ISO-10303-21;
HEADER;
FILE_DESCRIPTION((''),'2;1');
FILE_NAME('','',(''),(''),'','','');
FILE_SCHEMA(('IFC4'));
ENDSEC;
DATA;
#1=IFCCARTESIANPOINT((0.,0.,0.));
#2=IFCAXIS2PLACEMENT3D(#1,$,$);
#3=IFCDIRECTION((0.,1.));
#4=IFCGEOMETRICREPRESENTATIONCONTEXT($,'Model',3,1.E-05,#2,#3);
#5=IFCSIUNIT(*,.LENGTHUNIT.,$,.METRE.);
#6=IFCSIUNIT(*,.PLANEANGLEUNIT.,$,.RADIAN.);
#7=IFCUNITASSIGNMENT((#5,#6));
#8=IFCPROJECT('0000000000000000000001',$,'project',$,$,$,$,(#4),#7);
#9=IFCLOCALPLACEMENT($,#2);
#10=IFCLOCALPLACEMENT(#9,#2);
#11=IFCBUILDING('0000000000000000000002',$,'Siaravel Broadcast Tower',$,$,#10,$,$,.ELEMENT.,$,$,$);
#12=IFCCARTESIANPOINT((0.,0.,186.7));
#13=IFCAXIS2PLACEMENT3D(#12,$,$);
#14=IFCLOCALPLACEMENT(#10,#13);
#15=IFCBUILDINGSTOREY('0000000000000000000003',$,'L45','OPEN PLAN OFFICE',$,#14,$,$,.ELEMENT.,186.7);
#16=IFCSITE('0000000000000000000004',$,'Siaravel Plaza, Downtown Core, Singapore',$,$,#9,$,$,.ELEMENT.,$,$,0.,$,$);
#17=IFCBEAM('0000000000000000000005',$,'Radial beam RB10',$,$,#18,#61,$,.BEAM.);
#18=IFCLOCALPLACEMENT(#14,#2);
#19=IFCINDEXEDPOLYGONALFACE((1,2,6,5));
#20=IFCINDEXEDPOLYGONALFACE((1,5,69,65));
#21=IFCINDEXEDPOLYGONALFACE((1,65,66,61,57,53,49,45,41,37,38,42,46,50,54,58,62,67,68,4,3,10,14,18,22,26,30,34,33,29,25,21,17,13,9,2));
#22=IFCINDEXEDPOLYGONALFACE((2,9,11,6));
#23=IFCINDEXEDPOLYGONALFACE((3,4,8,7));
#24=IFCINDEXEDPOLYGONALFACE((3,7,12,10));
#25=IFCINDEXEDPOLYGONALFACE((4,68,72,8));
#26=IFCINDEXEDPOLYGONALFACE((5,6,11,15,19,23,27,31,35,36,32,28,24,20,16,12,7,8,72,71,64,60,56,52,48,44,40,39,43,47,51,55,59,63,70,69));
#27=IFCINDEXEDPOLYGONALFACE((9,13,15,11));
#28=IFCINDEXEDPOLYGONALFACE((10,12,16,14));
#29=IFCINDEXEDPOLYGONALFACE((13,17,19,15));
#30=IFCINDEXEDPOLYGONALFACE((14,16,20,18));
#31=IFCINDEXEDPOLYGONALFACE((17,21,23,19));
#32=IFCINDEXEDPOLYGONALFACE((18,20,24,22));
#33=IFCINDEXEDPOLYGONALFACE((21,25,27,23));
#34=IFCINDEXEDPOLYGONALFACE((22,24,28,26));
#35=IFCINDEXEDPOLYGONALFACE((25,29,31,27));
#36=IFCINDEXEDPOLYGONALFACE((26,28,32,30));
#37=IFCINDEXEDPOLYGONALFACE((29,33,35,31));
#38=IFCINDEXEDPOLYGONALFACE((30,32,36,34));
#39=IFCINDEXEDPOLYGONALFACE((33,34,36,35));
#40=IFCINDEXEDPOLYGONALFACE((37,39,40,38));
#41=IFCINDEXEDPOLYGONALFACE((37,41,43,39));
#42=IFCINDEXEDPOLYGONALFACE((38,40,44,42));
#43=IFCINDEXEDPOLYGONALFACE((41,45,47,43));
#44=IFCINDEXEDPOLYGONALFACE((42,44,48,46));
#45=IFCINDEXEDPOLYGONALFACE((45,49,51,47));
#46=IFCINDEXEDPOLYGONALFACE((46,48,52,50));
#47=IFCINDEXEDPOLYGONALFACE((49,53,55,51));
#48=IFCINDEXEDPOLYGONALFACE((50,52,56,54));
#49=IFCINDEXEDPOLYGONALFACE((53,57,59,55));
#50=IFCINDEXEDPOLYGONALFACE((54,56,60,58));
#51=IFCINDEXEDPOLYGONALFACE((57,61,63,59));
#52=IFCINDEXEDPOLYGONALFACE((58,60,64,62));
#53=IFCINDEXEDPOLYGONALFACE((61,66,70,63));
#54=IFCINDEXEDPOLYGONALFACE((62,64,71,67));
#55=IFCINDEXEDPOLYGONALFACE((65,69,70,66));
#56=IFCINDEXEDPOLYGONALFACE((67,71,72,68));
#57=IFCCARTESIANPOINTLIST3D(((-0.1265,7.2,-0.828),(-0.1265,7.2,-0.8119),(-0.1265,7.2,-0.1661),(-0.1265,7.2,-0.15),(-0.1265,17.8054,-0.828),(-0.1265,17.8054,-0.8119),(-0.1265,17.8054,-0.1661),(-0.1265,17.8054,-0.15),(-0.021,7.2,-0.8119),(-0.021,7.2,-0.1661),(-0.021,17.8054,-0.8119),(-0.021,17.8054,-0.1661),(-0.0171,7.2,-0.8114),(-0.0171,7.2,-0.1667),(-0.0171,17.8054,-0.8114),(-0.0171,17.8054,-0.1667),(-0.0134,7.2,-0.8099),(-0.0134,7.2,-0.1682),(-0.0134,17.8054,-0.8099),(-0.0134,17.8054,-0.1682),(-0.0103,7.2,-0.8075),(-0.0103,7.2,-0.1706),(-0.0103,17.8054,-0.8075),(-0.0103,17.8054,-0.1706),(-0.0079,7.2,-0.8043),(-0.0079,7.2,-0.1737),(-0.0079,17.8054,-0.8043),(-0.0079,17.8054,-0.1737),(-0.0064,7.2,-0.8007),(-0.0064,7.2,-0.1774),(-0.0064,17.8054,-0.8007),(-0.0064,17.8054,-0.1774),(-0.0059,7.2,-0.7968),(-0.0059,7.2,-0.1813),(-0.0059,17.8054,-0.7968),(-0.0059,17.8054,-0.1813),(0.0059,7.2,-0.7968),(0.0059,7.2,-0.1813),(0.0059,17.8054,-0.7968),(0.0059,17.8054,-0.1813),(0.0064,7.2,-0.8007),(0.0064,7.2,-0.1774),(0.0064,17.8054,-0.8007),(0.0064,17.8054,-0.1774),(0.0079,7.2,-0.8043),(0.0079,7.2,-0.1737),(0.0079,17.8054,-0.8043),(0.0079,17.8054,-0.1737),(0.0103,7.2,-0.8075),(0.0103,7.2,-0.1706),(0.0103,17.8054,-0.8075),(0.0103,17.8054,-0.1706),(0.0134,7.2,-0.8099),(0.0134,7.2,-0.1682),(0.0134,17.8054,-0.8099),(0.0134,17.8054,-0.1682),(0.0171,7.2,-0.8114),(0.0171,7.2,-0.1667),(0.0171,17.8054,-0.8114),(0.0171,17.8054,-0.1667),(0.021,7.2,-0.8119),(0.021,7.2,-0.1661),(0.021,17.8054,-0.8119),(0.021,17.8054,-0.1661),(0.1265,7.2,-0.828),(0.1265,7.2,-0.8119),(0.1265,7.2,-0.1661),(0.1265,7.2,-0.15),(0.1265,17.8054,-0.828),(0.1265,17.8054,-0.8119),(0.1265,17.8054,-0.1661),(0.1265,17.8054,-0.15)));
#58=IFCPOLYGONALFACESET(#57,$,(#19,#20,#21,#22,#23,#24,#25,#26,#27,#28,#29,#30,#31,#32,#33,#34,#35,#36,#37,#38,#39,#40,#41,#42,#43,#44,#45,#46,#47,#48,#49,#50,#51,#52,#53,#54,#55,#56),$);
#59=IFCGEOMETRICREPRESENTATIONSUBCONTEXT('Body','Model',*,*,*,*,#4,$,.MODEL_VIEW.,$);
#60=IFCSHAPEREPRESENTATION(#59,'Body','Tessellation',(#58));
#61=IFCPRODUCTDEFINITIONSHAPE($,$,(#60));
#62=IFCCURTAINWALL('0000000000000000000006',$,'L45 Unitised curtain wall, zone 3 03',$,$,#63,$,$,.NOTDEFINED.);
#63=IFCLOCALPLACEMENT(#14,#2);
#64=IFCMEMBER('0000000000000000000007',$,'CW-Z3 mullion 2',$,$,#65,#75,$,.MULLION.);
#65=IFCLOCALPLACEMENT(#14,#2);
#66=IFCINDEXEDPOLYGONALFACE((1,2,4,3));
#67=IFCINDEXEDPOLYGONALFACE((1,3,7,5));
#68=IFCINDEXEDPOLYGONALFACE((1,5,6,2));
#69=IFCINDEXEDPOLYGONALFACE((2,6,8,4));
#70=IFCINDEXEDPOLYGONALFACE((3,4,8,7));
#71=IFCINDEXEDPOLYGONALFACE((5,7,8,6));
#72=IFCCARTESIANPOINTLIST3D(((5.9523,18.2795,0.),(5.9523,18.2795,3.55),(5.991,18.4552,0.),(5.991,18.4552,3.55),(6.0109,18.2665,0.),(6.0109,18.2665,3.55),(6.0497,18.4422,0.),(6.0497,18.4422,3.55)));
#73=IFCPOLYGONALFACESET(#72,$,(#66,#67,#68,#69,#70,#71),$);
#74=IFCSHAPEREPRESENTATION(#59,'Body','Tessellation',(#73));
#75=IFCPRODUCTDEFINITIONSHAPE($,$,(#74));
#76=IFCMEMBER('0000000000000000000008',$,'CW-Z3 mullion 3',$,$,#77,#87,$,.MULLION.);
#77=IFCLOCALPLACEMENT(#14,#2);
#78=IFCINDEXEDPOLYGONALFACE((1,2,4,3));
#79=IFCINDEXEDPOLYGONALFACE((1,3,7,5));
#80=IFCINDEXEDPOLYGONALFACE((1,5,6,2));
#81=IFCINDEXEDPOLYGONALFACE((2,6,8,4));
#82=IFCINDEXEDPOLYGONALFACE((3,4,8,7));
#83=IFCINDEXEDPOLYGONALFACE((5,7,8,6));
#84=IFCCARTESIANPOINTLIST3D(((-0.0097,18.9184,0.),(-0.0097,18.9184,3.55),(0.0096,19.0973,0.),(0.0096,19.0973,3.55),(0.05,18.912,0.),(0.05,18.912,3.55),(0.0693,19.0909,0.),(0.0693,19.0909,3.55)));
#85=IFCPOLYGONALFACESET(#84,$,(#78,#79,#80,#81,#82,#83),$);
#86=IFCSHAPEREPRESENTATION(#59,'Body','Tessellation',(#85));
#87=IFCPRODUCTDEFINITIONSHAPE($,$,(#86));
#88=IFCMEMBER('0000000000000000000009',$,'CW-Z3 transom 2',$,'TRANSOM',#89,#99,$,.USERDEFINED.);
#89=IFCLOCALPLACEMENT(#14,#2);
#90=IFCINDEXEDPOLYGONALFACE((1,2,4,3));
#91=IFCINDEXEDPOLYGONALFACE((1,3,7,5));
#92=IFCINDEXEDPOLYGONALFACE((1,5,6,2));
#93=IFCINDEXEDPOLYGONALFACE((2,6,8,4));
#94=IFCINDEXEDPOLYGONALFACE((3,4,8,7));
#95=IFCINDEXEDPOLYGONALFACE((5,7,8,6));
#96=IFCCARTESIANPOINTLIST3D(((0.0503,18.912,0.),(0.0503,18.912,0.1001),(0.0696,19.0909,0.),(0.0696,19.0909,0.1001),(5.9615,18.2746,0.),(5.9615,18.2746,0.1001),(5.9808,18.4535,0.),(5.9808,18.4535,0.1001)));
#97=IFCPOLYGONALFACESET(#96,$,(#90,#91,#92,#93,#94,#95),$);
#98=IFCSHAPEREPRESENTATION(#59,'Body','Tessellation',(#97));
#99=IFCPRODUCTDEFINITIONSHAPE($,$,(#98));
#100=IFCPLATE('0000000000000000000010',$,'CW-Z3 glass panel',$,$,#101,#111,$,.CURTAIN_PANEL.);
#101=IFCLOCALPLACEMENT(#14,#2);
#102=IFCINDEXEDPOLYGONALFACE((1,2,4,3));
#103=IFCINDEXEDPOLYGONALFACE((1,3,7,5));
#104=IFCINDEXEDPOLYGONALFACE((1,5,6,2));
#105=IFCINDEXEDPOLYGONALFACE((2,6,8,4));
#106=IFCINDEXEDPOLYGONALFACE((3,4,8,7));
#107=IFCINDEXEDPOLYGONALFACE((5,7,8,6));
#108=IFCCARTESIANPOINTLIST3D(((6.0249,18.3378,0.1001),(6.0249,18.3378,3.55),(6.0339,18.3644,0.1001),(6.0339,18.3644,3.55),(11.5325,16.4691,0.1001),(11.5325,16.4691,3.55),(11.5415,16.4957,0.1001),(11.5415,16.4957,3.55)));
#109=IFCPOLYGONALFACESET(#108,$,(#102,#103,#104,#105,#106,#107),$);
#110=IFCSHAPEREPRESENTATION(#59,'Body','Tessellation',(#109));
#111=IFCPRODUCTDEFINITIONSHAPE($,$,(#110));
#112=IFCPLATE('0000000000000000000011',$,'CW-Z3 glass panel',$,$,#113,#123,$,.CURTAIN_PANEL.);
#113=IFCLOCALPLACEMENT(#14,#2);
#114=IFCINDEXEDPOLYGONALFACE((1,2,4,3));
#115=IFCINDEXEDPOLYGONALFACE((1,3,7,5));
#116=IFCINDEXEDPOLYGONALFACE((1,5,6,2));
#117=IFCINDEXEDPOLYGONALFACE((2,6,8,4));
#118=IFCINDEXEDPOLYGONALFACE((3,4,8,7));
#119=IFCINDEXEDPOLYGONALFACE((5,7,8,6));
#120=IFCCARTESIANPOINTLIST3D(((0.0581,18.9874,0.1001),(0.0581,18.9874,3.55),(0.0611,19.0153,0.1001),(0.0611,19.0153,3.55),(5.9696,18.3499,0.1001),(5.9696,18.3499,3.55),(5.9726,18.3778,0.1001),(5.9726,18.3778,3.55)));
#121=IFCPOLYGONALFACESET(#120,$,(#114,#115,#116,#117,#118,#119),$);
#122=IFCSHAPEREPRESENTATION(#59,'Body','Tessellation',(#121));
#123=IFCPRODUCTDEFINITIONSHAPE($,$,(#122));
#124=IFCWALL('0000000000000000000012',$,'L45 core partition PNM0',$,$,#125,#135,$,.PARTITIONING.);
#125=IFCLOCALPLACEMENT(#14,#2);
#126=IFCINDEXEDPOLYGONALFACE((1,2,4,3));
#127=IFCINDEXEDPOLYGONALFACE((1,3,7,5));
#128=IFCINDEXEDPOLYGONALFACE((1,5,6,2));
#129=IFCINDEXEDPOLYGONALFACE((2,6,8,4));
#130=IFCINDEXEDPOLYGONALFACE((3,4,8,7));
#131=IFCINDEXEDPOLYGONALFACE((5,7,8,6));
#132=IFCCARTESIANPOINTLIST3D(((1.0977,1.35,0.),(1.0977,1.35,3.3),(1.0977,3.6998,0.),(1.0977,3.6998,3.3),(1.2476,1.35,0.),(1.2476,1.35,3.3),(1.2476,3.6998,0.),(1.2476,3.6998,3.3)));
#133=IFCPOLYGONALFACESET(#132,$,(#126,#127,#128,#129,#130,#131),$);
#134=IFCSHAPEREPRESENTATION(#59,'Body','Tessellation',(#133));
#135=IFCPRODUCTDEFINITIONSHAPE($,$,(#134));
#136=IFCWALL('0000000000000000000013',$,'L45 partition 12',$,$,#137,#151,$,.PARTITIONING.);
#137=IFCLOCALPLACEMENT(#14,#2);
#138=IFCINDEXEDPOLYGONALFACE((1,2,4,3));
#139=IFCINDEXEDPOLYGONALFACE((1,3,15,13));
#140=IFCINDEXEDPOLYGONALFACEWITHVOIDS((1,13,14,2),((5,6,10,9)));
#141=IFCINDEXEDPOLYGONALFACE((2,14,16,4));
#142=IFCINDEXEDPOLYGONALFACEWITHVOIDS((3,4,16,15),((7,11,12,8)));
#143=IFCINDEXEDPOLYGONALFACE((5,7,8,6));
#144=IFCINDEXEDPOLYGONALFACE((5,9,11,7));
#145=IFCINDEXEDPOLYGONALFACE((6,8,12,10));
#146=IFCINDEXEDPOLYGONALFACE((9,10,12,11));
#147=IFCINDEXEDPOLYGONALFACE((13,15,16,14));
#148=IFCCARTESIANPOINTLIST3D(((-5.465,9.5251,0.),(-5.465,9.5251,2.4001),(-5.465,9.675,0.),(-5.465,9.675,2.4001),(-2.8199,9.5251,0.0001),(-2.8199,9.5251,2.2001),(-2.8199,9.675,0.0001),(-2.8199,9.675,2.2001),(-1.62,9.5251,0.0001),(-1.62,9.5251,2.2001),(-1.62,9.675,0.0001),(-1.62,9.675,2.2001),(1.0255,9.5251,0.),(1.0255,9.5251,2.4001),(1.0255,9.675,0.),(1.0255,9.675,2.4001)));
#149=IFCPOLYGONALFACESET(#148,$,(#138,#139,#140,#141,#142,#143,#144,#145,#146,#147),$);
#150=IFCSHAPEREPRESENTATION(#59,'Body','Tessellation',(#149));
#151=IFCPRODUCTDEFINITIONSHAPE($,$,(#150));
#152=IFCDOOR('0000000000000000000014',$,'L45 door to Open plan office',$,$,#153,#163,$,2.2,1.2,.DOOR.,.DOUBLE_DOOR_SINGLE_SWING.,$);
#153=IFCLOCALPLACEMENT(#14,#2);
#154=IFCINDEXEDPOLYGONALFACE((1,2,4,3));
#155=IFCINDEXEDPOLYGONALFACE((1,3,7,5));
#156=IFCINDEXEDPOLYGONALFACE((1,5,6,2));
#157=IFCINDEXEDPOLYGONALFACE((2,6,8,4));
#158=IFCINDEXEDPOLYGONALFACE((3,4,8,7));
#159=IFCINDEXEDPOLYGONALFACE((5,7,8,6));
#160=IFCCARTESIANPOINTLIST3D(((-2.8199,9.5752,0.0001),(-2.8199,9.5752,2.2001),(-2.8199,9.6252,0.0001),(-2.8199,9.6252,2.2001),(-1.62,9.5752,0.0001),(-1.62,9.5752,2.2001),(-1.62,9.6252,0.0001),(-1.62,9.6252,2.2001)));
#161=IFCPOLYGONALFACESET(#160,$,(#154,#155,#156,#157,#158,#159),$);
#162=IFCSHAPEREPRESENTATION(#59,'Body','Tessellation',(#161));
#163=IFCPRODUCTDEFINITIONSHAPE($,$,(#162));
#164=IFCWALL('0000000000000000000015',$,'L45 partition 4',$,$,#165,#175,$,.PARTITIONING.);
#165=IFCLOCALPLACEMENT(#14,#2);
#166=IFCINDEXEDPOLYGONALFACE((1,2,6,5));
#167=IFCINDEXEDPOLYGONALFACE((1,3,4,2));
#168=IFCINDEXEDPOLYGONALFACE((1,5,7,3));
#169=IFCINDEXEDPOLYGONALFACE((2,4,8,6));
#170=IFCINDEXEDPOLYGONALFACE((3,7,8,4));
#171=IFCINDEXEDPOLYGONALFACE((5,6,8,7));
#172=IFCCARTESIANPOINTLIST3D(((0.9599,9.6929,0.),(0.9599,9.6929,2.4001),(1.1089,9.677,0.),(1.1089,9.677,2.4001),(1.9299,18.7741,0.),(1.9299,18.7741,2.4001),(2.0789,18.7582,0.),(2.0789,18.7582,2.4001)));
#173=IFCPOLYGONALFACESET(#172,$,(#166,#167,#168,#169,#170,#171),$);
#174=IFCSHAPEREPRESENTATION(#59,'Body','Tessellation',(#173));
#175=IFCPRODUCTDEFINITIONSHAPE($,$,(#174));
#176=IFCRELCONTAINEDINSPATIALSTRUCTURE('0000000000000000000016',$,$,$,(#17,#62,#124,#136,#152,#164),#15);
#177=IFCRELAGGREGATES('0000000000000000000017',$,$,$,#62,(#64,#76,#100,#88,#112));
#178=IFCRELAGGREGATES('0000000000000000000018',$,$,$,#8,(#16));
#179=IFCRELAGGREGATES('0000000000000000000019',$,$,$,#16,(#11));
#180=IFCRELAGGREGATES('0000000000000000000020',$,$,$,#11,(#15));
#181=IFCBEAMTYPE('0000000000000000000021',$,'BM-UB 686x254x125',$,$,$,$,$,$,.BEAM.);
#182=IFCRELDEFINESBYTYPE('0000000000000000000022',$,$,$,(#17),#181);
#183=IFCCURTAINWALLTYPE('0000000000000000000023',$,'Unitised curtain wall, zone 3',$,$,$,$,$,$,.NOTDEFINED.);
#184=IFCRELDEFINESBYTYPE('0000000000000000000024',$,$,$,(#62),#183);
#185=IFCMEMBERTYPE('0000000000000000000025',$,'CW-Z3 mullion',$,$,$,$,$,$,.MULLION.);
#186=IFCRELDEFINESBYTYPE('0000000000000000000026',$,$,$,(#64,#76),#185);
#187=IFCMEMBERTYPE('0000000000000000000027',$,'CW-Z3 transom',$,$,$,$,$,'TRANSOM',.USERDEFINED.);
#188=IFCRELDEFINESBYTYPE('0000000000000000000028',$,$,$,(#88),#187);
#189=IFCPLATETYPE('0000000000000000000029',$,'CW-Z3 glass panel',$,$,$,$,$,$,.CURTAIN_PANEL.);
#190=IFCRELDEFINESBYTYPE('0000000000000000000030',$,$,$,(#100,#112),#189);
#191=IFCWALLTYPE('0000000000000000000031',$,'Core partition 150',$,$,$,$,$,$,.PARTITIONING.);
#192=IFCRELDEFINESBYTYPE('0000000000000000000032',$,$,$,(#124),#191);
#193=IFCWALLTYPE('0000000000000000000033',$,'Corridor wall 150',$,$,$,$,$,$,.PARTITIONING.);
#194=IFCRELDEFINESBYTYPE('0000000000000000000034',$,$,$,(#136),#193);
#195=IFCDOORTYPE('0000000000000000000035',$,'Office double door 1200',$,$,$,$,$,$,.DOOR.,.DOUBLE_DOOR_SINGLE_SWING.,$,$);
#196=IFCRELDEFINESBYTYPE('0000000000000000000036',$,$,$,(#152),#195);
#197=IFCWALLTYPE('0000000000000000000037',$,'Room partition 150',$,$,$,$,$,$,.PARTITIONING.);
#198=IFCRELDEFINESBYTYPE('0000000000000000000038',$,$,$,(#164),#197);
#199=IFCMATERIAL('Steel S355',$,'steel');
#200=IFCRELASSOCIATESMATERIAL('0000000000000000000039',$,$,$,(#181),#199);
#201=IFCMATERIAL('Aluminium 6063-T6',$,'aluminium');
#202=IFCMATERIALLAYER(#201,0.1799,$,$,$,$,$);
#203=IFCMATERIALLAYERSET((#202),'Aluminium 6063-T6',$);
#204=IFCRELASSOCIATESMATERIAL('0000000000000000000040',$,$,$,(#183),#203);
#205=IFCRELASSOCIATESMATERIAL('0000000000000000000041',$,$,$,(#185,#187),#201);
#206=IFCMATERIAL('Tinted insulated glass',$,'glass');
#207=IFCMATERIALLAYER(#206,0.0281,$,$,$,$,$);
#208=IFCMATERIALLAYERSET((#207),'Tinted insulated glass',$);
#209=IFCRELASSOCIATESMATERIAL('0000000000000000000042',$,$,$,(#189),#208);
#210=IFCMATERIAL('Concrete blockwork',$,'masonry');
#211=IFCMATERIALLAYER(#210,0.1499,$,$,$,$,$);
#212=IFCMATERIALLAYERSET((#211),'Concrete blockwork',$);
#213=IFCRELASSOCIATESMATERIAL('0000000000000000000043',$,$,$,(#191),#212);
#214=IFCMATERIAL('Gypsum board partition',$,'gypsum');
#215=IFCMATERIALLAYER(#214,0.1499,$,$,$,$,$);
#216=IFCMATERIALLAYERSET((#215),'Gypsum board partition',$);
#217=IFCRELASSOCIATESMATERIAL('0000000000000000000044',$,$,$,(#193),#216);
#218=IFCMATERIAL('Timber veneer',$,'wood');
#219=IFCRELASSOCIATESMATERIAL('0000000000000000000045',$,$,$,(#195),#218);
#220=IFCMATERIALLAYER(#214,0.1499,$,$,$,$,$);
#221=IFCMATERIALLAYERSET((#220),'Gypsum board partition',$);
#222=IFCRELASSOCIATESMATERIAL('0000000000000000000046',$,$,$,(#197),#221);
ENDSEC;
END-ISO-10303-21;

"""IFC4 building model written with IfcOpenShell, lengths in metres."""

from ifc_helpers import new_model, si_unit, direction, frame, frame_2d, origin, origin_2d, place, context, subcontext, project, spatial, rectangle, i_section, extrude, material, layer, layer_set, material_profile, profile_set, type_object, element, fill, aggregate, save


model = new_model("IFC4")

# Units and contexts
model_context = context("Model", 3, precision=1e-05, world=origin(), true_north=direction((0.0, 1.0)))
body_context = subcontext(model_context, "Body", "Model", "MODEL_VIEW")
ifc_project = project(units=[si_unit("LENGTHUNIT", "METRE"), si_unit("PLANEANGLEUNIT", "RADIAN")], contexts=[model_context])

# Site, building, storey
site_placement = place(None, origin())
site = spatial("IfcSite", under=ifc_project, at=site_placement, Name="Siaravel Plaza, Downtown Core, Singapore", CompositionType="ELEMENT", RefElevation=0.0)
building_placement = place(site_placement, origin())
building = spatial("IfcBuilding", under=site, at=building_placement, Name="Siaravel Broadcast Tower", CompositionType="ELEMENT")
storey_placement = place(building_placement, frame((0.0, 0.0, 186.7)))
storey = spatial("IfcBuildingStorey", under=building, at=storey_placement, Name="L45", Description="OPEN PLAN OFFICE", CompositionType="ELEMENT", Elevation=186.7)

# Beam
ifc_material_1 = material(Name="Steel S355", Category="steel")
ifc_material_profile_1 = material_profile(ifc_material_1, i_section(OverallWidth=0.2529, OverallDepth=0.678, WebThickness=0.0117, FlangeThickness=0.0161, FilletRadius=0.0151, at=origin_2d()))
ifc_profile_set_1 = profile_set([ifc_material_profile_1], Name="Steel S355")
beam_type = type_object("IfcBeamType", Name="BM-UB 686x254x125", PredefinedType="BEAM", material=ifc_profile_set_1)
beam_1_placement = place(storey_placement, frame((0.0, 17.8054, -0.489), z_axis=(0.0, -1.0, 0.0), x_axis=(1.0, 0.0, 0.0)))
element("IfcBeam", 1, at=beam_1_placement, inside=storey, type_object=beam_type, Name="Radial beam RB10", PredefinedType="BEAM", context=body_context, shape_type="SweptSolid", body=[
    extrude(i_section(OverallWidth=0.2529, OverallDepth=0.678, WebThickness=0.0117, FlangeThickness=0.0161, FilletRadius=0.0151, at=origin_2d()), origin(), (0.0, 0.0, 1.0), 10.6055),
])

# Curtain wall, members, plates
ifc_material_2 = material(Name="Aluminium 6063-T6", Category="aluminium")
ifc_layer_1 = layer(ifc_material_2, 0.1799)
ifc_layer_set_1 = layer_set([ifc_layer_1], Name="Aluminium 6063-T6")
curtain_wall_type = type_object("IfcCurtainWallType", Name="Unitised curtain wall, zone 3", PredefinedType="NOTDEFINED", material=ifc_layer_set_1)
curtain_wall_placement = place(storey_placement, origin())
curtain_wall = element("IfcCurtainWall", 2, at=curtain_wall_placement, inside=storey, type_object=curtain_wall_type, Name="L45 Unitised curtain wall, zone 3 03", PredefinedType="NOTDEFINED")
ifc_material_profile_2 = material_profile(ifc_material_2, rectangle(XDim=0.1799, YDim=0.0601, at=origin_2d()))
ifc_profile_set_2 = profile_set([ifc_material_profile_2], Name="Aluminium 6063-T6")
member_type_1 = type_object("IfcMemberType", Name="CW-Z3 mullion", PredefinedType="MULLION", material=ifc_profile_set_2)
member_1_placement = place(storey_placement, frame((6.001, 18.3608, 0.0), z_axis=(0.0, 0.0, 1.0), x_axis=(-0.215558, -0.976491, 0.0)))
member_1 = element("IfcMember", 3, at=member_1_placement, type_object=member_type_1, Name="CW-Z3 mullion 2", PredefinedType="MULLION", context=body_context, shape_type="SweptSolid", body=[
    extrude(rectangle(XDim=0.1799, YDim=0.0601, at=origin_2d()), origin(), (0.0, 0.0, 1.0), 3.55),
])
member_2_placement = place(storey_placement, frame((0.0298, 19.0046, 0.0), z_axis=(0.0, 0.0, 1.0), x_axis=(-0.107217, -0.994236, 0.0)))
member_2 = element("IfcMember", 4, at=member_2_placement, type_object=member_type_1, Name="CW-Z3 mullion 3", PredefinedType="MULLION", context=body_context, shape_type="SweptSolid", body=[
    extrude(rectangle(XDim=0.1799, YDim=0.0601, at=origin_2d()), origin(), (0.0, 0.0, 1.0), 3.55),
])
ifc_material_profile_3 = material_profile(ifc_material_2, rectangle(XDim=0.1799, YDim=0.1001, at=origin_2d()))
ifc_profile_set_3 = profile_set([ifc_material_profile_3], Name="Aluminium 6063-T6")
member_type_2 = type_object("IfcMemberType", Name="CW-Z3 transom", ElementType="TRANSOM", PredefinedType="USERDEFINED", material=ifc_profile_set_3)
member_3_placement = place(storey_placement, frame((5.9712, 18.364, 0.05), z_axis=(-0.994236, 0.107213, 0.0), x_axis=(-0.107213, -0.994236, 0.0)))
member_3 = element("IfcMember", 5, at=member_3_placement, type_object=member_type_2, Name="CW-Z3 transom 2", ObjectType="TRANSOM", PredefinedType="USERDEFINED", context=body_context, shape_type="SweptSolid", body=[
    extrude(rectangle(XDim=0.1799, YDim=0.1001, at=origin_2d()), origin(), (0.0, 0.0, 1.0), 5.9456),
])
ifc_material_3 = material(Name="Tinted insulated glass", Category="glass")
ifc_layer_2 = layer(ifc_material_3, 0.0281)
ifc_layer_set_2 = layer_set([ifc_layer_2], Name="Tinted insulated glass")
plate_type = type_object("IfcPlateType", Name="CW-Z3 glass panel", PredefinedType="CURTAIN_PANEL", material=ifc_layer_set_2)
plate_1_placement = place(storey_placement, frame((8.7832, 17.4167, 0.1001), z_axis=(0.0, 0.0, 1.0), x_axis=(-0.946977, 0.3213, 0.0)))
plate_1 = element("IfcPlate", 6, at=plate_1_placement, type_object=plate_type, Name="CW-Z3 glass panel", PredefinedType="CURTAIN_PANEL", context=body_context, shape_type="SweptSolid", body=[
    extrude(rectangle(XDim=5.8159, YDim=0.0281, at=origin_2d()), origin(), (0.0, 0.0, 1.0), 3.45),
])
plate_2_placement = place(storey_placement, frame((3.0154, 18.6826, 0.1001), z_axis=(0.0, 0.0, 1.0), x_axis=(-0.994236, 0.107217, 0.0)))
plate_2 = element("IfcPlate", 7, at=plate_2_placement, type_object=plate_type, Name="CW-Z3 glass panel", PredefinedType="CURTAIN_PANEL", context=body_context, shape_type="SweptSolid", body=[
    extrude(rectangle(XDim=5.9458, YDim=0.0281, at=origin_2d()), origin(), (0.0, 0.0, 1.0), 3.45),
])
aggregate(curtain_wall, [member_1, member_2, plate_1, member_3, plate_2])

# Wall
ifc_material_4 = material(Name="Concrete blockwork", Category="masonry")
ifc_layer_3 = layer(ifc_material_4, 0.1499)
ifc_layer_set_3 = layer_set([ifc_layer_3], Name="Concrete blockwork")
wall_type_1 = type_object("IfcWallType", Name="Core partition 150", PredefinedType="PARTITIONING", material=ifc_layer_set_3)
wall_1_placement = place(storey_placement, frame((1.1726, 1.3501, 0.0), z_axis=(0.0, 0.0, 1.0), x_axis=(0.0, 1.0, 0.0)))
element("IfcWall", 8, at=wall_1_placement, inside=storey, type_object=wall_type_1, Name="L45 core partition PNM0", PredefinedType="PARTITIONING", context=body_context, shape_type="SweptSolid", body=[
    extrude(rectangle(XDim=2.3499, YDim=0.1499, at=frame_2d((1.1748, 0.0))), origin(), (0.0, 0.0, 1.0), 3.3),
])

# Wall, opening, door
ifc_material_5 = material(Name="Gypsum board partition", Category="gypsum")
ifc_layer_4 = layer(ifc_material_5, 0.1499)
ifc_layer_set_4 = layer_set([ifc_layer_4], Name="Gypsum board partition")
wall_type_2 = type_object("IfcWallType", Name="Corridor wall 150", PredefinedType="PARTITIONING", material=ifc_layer_set_4)
wall_2_placement = place(storey_placement, frame((1.0254, 9.6001, 0.0), z_axis=(0.0, 0.0, 1.0), x_axis=(-1.0, 0.0, 0.0)))
wall_2 = element("IfcWall", 9, at=wall_2_placement, inside=storey, type_object=wall_type_2, Name="L45 partition 12", PredefinedType="PARTITIONING", context=body_context, shape_type="SweptSolid", body=[
    extrude(rectangle(XDim=6.4905, YDim=0.1499, at=frame_2d((3.2451, 0.0))), origin(), (0.0, 0.0, 1.0), 2.4001),
])
opening_1_placement = place(wall_2_placement, frame((2.6453, 0.0, 0.0)))
opening_1 = element("IfcOpeningElement", 10, at=opening_1_placement, cuts=wall_2, PredefinedType="OPENING", context=body_context, shape_type="SweptSolid", body=[
    extrude(rectangle(XDim=1.2, YDim=2.2, at=frame_2d((0.6001, 1.1001))), frame((0.0, 0.085, 0.0), z_axis=(0.0, -1.0, 0.0), x_axis=(1.0, 0.0, 0.0)), (0.0, 0.0, 1.0), 0.1699),
])
ifc_material_6 = material(Name="Timber veneer", Category="wood")
door_type_1 = type_object("IfcDoorType", Name="Office double door 1200", OperationType="DOUBLE_DOOR_SINGLE_SWING", PredefinedType="DOOR", material=ifc_material_6)
door_1_placement = place(opening_1_placement, origin())
door_1 = element("IfcDoor", 11, at=door_1_placement, inside=storey, type_object=door_type_1, Name="L45 door to Open plan office", OperationType="DOUBLE_DOOR_SINGLE_SWING", OverallHeight=2.2, OverallWidth=1.2, PredefinedType="DOOR", context=body_context, shape_type="SweptSolid", body=[
    extrude(rectangle(XDim=1.2, YDim=2.2, at=frame_2d((0.6001, 1.1001))), frame((0.0, 0.0249, 0.0), z_axis=(0.0, -1.0, 0.0), x_axis=(1.0, 0.0, 0.0)), (0.0, 0.0, 1.0), 0.05),
])
fill(opening_1, door_1)

# Wall
ifc_layer_5 = layer(ifc_material_5, 0.1499)
ifc_layer_set_5 = layer_set([ifc_layer_5], Name="Gypsum board partition")
wall_type_3 = type_object("IfcWallType", Name="Room partition 150", PredefinedType="PARTITIONING", material=ifc_layer_set_5)
wall_3_placement = place(storey_placement, frame((2.0044, 18.7661, 0.0), z_axis=(0.0, 0.0, 1.0), x_axis=(-0.106208, -0.994344, 0.0)))
element("IfcWall", 12, at=wall_3_placement, inside=storey, type_object=wall_type_3, Name="L45 partition 4", PredefinedType="PARTITIONING", context=body_context, shape_type="SweptSolid", body=[
    extrude(rectangle(XDim=9.1328, YDim=0.1499, at=frame_2d((4.5664, 0.0))), origin(), (0.0, 0.0, 1.0), 2.4001),
])

save(model, "model.ifc")
